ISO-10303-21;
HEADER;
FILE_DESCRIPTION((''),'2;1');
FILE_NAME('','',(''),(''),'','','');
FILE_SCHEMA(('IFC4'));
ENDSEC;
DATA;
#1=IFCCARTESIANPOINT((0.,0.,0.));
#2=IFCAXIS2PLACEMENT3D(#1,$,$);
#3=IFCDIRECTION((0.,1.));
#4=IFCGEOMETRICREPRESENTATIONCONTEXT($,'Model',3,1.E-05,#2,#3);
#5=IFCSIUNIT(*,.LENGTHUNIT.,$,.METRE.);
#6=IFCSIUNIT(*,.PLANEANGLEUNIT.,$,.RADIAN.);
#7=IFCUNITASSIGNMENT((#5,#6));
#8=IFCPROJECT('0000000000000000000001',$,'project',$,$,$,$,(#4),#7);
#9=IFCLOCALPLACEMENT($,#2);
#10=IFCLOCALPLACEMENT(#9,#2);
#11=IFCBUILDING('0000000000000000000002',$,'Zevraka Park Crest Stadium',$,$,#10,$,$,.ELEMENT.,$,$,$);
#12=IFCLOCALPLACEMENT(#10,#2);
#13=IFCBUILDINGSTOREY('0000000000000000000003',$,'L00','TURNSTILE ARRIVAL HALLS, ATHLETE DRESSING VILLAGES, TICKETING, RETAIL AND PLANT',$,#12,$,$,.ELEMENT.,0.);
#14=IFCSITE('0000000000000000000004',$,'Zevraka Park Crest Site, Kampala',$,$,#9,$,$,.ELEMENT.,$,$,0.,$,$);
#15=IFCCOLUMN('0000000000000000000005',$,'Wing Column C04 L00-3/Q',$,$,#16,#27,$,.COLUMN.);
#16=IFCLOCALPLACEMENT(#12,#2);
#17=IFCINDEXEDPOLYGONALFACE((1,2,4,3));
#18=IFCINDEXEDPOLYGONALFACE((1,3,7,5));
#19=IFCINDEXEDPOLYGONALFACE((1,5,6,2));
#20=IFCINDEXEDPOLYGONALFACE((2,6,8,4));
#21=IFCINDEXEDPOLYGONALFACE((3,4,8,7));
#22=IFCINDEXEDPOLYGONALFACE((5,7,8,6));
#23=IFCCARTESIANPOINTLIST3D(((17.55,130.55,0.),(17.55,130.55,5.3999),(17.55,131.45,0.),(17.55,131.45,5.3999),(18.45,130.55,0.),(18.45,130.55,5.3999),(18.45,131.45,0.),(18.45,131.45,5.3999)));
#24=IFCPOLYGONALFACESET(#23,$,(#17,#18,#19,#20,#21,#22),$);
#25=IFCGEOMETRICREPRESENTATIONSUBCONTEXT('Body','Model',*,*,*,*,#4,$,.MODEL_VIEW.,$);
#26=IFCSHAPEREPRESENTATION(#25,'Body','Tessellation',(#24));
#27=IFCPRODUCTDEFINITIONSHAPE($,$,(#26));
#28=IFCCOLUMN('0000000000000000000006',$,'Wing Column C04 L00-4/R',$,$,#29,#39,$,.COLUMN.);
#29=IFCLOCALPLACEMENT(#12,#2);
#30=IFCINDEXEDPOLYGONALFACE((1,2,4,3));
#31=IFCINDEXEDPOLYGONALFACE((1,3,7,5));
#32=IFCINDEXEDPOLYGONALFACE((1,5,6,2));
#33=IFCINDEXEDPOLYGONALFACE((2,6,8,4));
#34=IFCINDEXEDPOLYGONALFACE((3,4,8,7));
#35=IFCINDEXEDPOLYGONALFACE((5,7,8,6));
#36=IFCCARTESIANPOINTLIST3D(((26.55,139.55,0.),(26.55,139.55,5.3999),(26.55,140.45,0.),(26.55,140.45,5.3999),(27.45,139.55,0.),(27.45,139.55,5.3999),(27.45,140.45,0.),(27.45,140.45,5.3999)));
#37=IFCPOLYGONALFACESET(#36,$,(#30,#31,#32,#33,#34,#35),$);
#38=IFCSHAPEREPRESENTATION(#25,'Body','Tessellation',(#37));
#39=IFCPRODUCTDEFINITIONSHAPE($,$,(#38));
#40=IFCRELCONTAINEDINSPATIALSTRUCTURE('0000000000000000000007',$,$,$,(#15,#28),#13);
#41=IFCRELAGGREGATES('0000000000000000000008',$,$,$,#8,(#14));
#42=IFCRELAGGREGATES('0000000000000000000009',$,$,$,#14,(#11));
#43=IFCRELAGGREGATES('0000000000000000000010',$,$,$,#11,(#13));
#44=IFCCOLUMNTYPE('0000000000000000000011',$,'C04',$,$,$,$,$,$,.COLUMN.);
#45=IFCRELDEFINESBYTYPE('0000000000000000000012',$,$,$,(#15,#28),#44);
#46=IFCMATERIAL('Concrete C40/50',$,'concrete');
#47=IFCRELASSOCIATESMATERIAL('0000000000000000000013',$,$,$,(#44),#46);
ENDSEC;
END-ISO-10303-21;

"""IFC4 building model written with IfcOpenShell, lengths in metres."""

from ifc_helpers import new_model, si_unit, direction, frame, origin, origin_2d, place, context, subcontext, project, spatial, rectangle, extrude, material, material_profile, profile_set, type_object, element, save


model = new_model("IFC4")

# Units and contexts
model_context = context("Model", 3, precision=1e-05, world=origin(), true_north=direction((0.0, 1.0)))
body_context = subcontext(model_context, "Body", "Model", "MODEL_VIEW")
ifc_project = project(units=[si_unit("LENGTHUNIT", "METRE"), si_unit("PLANEANGLEUNIT", "RADIAN")], contexts=[model_context])

# Site, building, storey
site_placement = place(None, origin())
site = spatial("IfcSite", under=ifc_project, at=site_placement, Name="Zevraka Park Crest Site, Kampala", CompositionType="ELEMENT", RefElevation=0.0)
building_placement = place(site_placement, origin())
building = spatial("IfcBuilding", under=site, at=building_placement, Name="Zevraka Park Crest Stadium", CompositionType="ELEMENT")
storey_placement = place(building_placement, origin())
storey = spatial("IfcBuildingStorey", under=building, at=storey_placement, Name="L00", Description="TURNSTILE ARRIVAL HALLS, ATHLETE DRESSING VILLAGES, TICKETING, RETAIL AND PLANT", CompositionType="ELEMENT", Elevation=0.0)

# Columns
ifc_material_1 = material(Name="Concrete C40/50", Category="concrete")
ifc_material_profile_1 = material_profile(ifc_material_1, rectangle(XDim=0.8999, YDim=0.8999, at=origin_2d()), Name="RC 900x900")
ifc_profile_set_1 = profile_set([ifc_material_profile_1], Name="Concrete C40/50")
column_type = type_object("IfcColumnType", Name="C04", PredefinedType="COLUMN", material=ifc_profile_set_1)
for number, where, z_axis, x_axis, name in (
    (1, (18.0, 131.0, 0.0), (0.0, 0.0, 1.0), (1.0, 0.0, 0.0), "Wing Column C04 L00-3/Q"),
    (2, (27.0, 140.0, 0.0), (0.0, 0.0, 1.0), (1.0, 0.0, 0.0), "Wing Column C04 L00-4/R"),
):
    element("IfcColumn", number, at=place(storey_placement, frame(where, z_axis=z_axis, x_axis=x_axis)), inside=storey, type_object=column_type, Name=name, PredefinedType="COLUMN", context=body_context, shape_type="SweptSolid", body=[
        extrude(rectangle(XDim=0.8999, YDim=0.8999, at=origin_2d()), origin(), (0.0, 0.0, 1.0), 5.3999),
    ])

save(model, "model.ifc")
